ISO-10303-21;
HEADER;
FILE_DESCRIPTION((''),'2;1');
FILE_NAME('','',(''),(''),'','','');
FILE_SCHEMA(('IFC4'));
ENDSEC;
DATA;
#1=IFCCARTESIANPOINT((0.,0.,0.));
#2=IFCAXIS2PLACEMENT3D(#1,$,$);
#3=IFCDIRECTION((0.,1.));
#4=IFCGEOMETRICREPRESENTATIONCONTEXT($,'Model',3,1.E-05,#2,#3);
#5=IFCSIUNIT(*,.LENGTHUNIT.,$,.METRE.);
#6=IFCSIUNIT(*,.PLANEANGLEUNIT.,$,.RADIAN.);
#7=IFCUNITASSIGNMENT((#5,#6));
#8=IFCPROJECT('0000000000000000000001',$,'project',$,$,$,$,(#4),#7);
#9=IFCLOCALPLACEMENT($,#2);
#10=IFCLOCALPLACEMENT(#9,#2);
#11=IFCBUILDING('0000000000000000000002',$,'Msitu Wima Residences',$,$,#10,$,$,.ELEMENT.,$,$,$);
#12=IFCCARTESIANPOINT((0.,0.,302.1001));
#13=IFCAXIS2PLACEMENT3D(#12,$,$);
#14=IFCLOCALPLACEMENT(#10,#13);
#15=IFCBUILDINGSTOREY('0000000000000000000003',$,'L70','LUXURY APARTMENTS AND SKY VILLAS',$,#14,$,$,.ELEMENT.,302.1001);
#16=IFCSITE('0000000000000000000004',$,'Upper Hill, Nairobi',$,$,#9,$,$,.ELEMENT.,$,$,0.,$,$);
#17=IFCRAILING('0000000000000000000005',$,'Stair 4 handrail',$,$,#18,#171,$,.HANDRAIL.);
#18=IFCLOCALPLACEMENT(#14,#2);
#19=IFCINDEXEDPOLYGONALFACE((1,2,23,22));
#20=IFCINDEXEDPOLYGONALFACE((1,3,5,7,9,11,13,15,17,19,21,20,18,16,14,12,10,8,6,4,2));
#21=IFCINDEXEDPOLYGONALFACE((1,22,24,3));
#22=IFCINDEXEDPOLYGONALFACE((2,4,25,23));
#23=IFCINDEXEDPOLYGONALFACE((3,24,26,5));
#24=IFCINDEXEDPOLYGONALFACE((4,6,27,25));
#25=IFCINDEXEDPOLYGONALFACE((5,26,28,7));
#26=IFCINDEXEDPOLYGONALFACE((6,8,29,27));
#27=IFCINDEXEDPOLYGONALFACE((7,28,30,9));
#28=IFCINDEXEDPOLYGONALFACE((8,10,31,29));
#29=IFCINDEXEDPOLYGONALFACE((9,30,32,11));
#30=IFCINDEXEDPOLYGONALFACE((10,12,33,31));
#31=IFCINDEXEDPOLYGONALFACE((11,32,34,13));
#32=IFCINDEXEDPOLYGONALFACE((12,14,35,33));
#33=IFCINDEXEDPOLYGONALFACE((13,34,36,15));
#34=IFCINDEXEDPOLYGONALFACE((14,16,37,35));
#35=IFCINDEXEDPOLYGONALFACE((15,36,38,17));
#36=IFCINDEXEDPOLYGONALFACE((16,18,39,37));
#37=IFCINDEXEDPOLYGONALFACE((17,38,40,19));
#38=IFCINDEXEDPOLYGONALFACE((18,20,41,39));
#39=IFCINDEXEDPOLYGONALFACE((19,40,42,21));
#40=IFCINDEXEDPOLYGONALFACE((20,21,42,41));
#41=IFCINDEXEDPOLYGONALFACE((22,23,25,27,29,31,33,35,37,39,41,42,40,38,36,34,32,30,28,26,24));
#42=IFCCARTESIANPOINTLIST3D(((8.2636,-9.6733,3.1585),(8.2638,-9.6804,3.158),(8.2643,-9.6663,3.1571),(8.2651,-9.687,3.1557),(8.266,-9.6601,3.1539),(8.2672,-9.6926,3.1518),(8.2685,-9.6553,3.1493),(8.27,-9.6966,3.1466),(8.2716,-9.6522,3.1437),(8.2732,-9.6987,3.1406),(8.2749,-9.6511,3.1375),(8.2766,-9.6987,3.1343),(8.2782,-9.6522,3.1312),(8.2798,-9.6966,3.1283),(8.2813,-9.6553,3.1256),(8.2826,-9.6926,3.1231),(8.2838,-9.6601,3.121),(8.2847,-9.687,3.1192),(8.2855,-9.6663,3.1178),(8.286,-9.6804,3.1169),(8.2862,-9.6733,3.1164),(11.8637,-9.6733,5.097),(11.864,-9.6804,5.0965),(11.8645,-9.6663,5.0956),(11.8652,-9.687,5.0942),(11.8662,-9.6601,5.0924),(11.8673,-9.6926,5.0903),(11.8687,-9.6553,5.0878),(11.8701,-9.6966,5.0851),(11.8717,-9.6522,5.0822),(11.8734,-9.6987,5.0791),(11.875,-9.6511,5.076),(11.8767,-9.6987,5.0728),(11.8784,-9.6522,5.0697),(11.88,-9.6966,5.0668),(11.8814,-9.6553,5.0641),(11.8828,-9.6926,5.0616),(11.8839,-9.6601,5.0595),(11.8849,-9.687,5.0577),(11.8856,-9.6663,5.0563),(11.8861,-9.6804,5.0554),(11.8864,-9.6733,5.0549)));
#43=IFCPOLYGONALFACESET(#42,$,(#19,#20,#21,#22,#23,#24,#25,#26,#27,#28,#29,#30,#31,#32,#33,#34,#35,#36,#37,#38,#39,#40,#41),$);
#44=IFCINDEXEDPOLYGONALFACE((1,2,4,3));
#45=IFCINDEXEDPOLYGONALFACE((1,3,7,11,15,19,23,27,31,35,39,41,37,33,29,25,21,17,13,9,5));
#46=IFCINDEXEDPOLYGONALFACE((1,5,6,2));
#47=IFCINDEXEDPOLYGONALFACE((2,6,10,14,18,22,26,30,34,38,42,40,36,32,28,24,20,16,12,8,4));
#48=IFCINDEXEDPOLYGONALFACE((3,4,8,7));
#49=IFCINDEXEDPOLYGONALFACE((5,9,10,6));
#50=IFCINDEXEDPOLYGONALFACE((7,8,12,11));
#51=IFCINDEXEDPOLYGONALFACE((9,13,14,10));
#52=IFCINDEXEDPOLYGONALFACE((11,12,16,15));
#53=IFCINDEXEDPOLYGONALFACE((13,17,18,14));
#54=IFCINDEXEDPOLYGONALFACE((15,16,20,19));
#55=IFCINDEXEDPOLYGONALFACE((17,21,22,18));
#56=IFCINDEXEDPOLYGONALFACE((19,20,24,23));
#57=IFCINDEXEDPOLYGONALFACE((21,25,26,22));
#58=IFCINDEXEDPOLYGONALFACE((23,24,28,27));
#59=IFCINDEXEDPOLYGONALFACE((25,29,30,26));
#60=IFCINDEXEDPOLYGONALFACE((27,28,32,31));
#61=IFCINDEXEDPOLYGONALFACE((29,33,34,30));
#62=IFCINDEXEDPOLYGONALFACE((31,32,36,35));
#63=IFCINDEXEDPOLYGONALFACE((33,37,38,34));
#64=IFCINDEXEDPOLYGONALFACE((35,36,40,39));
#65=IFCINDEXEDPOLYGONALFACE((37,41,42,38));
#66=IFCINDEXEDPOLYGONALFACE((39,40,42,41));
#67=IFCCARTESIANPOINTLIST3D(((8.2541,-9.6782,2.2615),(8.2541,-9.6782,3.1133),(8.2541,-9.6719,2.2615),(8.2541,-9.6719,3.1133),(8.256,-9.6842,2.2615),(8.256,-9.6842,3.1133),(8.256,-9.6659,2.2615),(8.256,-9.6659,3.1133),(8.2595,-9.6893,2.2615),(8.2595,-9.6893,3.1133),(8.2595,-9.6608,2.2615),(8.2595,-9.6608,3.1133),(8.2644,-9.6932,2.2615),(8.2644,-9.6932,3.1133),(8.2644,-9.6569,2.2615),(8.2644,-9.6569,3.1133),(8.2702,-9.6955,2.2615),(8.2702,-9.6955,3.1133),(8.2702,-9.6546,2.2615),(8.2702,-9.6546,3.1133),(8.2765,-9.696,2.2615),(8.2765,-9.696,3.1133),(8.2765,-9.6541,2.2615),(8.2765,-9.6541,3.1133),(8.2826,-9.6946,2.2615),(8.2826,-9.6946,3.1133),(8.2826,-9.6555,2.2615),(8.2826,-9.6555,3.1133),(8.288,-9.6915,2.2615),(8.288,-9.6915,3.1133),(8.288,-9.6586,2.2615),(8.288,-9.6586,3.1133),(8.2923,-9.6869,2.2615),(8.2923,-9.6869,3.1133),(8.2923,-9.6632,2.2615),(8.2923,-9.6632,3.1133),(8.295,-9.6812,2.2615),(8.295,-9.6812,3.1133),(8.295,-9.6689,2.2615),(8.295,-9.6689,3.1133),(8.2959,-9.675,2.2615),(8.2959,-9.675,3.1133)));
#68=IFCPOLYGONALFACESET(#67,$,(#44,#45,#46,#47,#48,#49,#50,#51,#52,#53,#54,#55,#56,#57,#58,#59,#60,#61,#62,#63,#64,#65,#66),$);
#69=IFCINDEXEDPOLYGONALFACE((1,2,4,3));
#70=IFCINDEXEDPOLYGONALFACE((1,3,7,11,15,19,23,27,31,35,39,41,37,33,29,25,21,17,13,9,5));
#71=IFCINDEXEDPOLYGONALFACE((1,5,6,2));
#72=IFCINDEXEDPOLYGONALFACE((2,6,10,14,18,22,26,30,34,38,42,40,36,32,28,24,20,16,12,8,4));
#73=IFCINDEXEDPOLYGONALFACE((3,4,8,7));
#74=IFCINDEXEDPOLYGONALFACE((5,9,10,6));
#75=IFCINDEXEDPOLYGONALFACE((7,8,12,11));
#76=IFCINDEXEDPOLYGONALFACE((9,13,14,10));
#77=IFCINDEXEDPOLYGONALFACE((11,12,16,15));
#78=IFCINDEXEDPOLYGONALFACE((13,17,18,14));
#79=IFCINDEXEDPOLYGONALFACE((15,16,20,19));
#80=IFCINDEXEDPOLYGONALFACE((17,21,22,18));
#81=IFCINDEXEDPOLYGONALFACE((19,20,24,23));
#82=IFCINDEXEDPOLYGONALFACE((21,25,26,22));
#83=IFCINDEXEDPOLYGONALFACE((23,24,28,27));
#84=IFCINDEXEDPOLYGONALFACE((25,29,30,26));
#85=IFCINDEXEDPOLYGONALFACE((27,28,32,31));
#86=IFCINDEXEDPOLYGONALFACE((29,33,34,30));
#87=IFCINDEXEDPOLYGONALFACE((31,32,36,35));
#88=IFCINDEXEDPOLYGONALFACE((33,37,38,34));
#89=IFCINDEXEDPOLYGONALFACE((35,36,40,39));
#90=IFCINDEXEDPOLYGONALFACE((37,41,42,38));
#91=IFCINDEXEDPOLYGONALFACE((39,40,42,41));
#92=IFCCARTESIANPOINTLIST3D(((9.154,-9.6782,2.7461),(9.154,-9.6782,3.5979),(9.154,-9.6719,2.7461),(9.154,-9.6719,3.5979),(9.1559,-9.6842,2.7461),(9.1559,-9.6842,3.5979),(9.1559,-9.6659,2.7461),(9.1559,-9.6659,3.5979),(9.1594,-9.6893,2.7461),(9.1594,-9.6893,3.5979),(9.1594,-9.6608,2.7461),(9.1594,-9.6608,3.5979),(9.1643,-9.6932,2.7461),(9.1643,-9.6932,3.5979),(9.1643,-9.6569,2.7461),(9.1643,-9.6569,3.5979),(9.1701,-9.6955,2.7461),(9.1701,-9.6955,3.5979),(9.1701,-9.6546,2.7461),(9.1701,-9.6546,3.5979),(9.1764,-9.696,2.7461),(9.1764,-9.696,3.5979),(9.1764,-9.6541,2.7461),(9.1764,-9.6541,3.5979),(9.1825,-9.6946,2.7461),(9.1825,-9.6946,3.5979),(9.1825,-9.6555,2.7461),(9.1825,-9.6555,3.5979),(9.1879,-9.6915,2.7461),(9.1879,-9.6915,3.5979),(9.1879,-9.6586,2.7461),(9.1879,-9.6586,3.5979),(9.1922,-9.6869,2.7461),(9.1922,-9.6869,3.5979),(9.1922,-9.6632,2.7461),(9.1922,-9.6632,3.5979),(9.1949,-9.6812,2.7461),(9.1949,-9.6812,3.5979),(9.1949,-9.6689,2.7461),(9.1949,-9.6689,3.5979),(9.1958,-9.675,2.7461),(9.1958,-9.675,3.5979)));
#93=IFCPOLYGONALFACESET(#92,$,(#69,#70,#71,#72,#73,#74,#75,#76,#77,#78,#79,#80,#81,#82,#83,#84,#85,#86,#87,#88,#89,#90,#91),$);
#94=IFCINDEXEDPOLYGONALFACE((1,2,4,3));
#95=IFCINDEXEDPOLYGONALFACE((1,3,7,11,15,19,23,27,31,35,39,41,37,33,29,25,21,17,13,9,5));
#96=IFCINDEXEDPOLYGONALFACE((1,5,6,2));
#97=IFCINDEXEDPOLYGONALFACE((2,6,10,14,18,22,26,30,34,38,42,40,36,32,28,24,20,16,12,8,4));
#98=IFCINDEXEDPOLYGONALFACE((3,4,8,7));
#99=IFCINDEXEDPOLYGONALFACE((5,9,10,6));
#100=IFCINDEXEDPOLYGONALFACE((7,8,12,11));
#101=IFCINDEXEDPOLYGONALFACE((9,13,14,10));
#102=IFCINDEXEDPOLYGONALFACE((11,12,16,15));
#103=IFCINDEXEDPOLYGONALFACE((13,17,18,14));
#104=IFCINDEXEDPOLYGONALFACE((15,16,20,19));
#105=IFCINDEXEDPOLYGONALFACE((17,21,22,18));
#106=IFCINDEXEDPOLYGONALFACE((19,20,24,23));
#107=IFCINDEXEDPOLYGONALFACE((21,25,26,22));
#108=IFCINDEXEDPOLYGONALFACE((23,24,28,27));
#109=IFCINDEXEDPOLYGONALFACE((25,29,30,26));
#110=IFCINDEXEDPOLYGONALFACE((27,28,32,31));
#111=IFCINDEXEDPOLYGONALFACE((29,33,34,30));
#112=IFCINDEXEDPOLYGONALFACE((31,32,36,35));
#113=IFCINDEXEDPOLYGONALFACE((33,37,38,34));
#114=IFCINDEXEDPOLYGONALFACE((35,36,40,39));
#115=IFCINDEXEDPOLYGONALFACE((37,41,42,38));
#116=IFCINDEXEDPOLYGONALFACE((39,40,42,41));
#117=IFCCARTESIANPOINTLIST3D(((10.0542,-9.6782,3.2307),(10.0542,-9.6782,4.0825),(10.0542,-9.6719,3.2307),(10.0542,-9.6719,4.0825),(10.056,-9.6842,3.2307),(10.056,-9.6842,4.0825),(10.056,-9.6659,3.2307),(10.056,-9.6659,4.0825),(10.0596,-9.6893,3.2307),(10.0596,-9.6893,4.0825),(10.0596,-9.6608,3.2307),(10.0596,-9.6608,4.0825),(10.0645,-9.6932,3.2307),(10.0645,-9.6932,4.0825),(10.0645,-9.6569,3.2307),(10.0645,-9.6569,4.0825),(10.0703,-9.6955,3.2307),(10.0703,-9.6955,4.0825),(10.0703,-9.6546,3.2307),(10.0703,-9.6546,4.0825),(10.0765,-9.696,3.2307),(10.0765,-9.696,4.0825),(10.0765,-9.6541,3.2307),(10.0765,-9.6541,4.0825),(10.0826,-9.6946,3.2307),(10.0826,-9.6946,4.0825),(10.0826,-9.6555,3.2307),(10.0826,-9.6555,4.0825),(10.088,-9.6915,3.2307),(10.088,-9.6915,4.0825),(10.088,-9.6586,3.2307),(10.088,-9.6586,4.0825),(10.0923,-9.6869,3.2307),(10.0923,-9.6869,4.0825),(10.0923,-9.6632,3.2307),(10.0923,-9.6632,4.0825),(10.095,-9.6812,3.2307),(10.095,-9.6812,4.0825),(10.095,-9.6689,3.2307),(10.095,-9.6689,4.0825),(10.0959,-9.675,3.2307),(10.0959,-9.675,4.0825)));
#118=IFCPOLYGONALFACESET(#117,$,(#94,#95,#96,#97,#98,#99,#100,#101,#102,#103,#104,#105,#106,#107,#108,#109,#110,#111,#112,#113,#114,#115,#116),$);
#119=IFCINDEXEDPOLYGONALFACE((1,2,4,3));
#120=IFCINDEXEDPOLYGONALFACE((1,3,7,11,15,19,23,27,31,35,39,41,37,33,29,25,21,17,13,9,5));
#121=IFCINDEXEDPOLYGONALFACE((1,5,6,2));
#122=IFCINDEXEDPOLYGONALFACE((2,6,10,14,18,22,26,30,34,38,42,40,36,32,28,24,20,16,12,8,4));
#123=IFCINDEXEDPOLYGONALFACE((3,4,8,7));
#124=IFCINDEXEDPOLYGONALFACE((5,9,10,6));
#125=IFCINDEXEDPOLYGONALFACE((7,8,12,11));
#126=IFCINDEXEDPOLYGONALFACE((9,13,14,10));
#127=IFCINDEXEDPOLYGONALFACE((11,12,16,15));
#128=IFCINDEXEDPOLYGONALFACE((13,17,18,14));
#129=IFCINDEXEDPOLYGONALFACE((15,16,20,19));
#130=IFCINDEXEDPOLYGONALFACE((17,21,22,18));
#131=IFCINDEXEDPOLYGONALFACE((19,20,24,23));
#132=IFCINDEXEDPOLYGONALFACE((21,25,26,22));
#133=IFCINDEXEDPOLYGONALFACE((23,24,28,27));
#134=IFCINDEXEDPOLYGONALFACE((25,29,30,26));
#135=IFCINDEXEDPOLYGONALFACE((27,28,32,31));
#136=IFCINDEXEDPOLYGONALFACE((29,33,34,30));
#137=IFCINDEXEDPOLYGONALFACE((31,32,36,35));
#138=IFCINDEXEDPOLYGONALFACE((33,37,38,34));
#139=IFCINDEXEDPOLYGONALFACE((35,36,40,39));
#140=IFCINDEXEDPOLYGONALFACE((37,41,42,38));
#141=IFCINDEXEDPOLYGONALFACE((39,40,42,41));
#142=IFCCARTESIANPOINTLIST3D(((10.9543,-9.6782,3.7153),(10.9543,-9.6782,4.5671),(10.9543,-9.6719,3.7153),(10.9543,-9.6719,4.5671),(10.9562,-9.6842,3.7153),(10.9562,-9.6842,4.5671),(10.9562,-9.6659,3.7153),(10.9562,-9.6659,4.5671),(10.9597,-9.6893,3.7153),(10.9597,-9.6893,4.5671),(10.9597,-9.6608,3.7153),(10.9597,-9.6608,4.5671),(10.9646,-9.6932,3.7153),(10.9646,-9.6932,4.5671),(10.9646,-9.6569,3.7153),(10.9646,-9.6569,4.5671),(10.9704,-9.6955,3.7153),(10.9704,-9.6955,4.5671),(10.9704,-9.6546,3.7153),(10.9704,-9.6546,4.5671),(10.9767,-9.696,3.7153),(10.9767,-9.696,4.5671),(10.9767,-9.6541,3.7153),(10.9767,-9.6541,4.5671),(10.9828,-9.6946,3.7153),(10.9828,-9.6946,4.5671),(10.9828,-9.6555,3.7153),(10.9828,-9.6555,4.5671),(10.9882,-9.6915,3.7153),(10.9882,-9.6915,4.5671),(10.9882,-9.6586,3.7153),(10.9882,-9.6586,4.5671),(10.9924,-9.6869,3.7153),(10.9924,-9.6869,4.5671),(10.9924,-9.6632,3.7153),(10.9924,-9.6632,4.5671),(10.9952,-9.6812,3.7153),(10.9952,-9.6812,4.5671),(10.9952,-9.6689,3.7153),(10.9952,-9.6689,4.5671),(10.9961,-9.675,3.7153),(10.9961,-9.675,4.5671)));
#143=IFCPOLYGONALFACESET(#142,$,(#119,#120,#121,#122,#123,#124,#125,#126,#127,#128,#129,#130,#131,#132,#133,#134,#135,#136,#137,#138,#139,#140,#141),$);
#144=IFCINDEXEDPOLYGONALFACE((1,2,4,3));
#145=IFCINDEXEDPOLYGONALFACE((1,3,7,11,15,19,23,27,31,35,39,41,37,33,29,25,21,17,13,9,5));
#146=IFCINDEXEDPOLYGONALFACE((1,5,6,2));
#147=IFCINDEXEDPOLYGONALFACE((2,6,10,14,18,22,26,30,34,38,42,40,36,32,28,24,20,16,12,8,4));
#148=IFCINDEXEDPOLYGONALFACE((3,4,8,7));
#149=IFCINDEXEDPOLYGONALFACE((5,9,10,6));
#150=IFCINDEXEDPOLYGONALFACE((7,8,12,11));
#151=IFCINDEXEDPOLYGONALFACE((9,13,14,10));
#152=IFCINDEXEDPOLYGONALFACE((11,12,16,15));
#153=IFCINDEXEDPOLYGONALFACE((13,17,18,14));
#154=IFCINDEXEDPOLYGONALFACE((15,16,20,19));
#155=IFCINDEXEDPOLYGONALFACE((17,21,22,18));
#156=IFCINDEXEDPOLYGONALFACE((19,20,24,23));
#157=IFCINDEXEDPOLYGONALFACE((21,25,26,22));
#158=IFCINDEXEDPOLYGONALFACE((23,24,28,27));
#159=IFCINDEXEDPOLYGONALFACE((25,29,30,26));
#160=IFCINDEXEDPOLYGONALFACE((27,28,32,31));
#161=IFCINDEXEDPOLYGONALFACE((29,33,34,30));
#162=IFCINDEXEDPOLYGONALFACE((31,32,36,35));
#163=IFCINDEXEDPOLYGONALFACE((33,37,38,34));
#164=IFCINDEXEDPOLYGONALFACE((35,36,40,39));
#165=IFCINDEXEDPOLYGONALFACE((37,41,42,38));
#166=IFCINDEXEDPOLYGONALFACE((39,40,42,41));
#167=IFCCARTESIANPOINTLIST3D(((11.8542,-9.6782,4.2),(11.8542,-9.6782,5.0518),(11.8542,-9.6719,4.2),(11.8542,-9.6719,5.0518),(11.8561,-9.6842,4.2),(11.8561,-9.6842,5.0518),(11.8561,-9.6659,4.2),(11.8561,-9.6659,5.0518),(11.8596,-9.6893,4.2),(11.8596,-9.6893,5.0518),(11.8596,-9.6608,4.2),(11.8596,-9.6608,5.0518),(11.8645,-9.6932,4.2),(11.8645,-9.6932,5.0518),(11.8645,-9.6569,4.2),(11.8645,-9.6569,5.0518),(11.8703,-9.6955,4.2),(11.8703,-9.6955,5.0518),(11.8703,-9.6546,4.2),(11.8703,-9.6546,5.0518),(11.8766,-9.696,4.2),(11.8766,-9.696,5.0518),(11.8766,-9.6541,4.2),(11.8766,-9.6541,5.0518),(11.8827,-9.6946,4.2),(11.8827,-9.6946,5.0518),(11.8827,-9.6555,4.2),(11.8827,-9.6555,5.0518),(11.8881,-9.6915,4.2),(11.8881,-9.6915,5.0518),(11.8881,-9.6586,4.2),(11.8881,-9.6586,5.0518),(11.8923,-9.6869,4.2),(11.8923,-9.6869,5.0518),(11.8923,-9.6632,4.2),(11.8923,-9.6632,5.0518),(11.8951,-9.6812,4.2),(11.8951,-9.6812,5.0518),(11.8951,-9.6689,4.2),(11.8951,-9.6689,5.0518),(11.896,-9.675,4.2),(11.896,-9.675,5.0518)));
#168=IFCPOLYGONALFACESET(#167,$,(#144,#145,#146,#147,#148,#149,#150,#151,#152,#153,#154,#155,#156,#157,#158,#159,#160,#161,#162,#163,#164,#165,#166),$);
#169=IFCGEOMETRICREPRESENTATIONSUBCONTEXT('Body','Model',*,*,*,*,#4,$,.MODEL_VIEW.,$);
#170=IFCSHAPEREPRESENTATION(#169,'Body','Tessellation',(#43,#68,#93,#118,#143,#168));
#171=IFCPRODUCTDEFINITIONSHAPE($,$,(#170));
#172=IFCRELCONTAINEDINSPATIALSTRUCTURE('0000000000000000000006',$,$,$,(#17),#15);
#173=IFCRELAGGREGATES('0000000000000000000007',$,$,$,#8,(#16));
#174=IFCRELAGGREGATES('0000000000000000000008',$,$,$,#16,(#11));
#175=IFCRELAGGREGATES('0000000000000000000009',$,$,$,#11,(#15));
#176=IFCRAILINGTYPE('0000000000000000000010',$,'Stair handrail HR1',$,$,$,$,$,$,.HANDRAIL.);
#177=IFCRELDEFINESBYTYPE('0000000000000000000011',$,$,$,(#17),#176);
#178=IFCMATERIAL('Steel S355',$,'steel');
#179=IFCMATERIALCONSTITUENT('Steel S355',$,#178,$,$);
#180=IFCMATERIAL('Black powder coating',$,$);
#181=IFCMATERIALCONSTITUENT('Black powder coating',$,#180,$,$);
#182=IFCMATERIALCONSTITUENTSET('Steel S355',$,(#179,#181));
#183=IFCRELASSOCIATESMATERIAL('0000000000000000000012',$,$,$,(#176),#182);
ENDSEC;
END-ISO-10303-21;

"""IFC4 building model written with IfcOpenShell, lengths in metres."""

from ifc_helpers import new_model, si_unit, direction, frame, origin, origin_2d, place, context, subcontext, project, spatial, circle, extrude, material, constituent, constituent_set, type_object, element, save


model = new_model("IFC4")

# Units and contexts
model_context = context("Model", 3, precision=1e-05, world=origin(), true_north=direction((0.0, 1.0)))
body_context = subcontext(model_context, "Body", "Model", "MODEL_VIEW")
ifc_project = project(units=[si_unit("LENGTHUNIT", "METRE"), si_unit("PLANEANGLEUNIT", "RADIAN")], contexts=[model_context])

# Site, building, storey
site_placement = place(None, origin())
site = spatial("IfcSite", under=ifc_project, at=site_placement, Name="Upper Hill, Nairobi", CompositionType="ELEMENT", RefElevation=0.0)
building_placement = place(site_placement, origin())
building = spatial("IfcBuilding", under=site, at=building_placement, Name="Msitu Wima Residences", CompositionType="ELEMENT")
storey_placement = place(building_placement, frame((0.0, 0.0, 302.1001)))
storey = spatial("IfcBuildingStorey", under=building, at=storey_placement, Name="L70", Description="LUXURY APARTMENTS AND SKY VILLAS", CompositionType="ELEMENT", Elevation=302.1001)

# Railing
ifc_material_1 = material(Name="Steel S355", Category="steel")
ifc_constituent_1 = constituent(ifc_material_1, Name="Steel S355")
ifc_material_2 = material(Name="Black powder coating")
ifc_constituent_2 = constituent(ifc_material_2, Name="Black powder coating")
ifc_constituent_set = constituent_set(constituents=[ifc_constituent_1, ifc_constituent_2], Name="Steel S355")
railing_type = type_object("IfcRailingType", Name="Stair handrail HR1", PredefinedType="HANDRAIL", material=ifc_constituent_set)
for number, where, name in (
    (1, (8.2749, -9.675, 2.2615), "Stair 4 handrail"),
):
    element("IfcRailing", number, at=place(storey_placement, frame(where)), inside=storey, type_object=railing_type, Name=name, PredefinedType="HANDRAIL", context=body_context, shape_type="SweptSolid", body=[
        extrude(circle(Radius=0.0239, at=origin_2d()), frame((0.0, 0.0, 0.876), z_axis=(0.880475, 0.0, 0.474093), x_axis=(0.0, 1.0, 0.0)), (0.0, 0.0, 1.0), 4.0889),
        extrude(circle(Radius=0.021, at=origin_2d()), origin(), (0.0, 0.0, 1.0), 0.8518),
        extrude(circle(Radius=0.021, at=origin_2d()), frame((0.8999, 0.0, 0.4846)), (0.0, 0.0, 1.0), 0.8518),
        extrude(circle(Radius=0.021, at=origin_2d()), frame((1.8, 0.0, 0.9692)), (0.0, 0.0, 1.0), 0.8518),
        extrude(circle(Radius=0.021, at=origin_2d()), frame((2.7002, 0.0, 1.4539)), (0.0, 0.0, 1.0), 0.8518),
        extrude(circle(Radius=0.021, at=origin_2d()), frame((3.6001, 0.0, 1.9385)), (0.0, 0.0, 1.0), 0.8518),
    ])

save(model, "model.ifc")
